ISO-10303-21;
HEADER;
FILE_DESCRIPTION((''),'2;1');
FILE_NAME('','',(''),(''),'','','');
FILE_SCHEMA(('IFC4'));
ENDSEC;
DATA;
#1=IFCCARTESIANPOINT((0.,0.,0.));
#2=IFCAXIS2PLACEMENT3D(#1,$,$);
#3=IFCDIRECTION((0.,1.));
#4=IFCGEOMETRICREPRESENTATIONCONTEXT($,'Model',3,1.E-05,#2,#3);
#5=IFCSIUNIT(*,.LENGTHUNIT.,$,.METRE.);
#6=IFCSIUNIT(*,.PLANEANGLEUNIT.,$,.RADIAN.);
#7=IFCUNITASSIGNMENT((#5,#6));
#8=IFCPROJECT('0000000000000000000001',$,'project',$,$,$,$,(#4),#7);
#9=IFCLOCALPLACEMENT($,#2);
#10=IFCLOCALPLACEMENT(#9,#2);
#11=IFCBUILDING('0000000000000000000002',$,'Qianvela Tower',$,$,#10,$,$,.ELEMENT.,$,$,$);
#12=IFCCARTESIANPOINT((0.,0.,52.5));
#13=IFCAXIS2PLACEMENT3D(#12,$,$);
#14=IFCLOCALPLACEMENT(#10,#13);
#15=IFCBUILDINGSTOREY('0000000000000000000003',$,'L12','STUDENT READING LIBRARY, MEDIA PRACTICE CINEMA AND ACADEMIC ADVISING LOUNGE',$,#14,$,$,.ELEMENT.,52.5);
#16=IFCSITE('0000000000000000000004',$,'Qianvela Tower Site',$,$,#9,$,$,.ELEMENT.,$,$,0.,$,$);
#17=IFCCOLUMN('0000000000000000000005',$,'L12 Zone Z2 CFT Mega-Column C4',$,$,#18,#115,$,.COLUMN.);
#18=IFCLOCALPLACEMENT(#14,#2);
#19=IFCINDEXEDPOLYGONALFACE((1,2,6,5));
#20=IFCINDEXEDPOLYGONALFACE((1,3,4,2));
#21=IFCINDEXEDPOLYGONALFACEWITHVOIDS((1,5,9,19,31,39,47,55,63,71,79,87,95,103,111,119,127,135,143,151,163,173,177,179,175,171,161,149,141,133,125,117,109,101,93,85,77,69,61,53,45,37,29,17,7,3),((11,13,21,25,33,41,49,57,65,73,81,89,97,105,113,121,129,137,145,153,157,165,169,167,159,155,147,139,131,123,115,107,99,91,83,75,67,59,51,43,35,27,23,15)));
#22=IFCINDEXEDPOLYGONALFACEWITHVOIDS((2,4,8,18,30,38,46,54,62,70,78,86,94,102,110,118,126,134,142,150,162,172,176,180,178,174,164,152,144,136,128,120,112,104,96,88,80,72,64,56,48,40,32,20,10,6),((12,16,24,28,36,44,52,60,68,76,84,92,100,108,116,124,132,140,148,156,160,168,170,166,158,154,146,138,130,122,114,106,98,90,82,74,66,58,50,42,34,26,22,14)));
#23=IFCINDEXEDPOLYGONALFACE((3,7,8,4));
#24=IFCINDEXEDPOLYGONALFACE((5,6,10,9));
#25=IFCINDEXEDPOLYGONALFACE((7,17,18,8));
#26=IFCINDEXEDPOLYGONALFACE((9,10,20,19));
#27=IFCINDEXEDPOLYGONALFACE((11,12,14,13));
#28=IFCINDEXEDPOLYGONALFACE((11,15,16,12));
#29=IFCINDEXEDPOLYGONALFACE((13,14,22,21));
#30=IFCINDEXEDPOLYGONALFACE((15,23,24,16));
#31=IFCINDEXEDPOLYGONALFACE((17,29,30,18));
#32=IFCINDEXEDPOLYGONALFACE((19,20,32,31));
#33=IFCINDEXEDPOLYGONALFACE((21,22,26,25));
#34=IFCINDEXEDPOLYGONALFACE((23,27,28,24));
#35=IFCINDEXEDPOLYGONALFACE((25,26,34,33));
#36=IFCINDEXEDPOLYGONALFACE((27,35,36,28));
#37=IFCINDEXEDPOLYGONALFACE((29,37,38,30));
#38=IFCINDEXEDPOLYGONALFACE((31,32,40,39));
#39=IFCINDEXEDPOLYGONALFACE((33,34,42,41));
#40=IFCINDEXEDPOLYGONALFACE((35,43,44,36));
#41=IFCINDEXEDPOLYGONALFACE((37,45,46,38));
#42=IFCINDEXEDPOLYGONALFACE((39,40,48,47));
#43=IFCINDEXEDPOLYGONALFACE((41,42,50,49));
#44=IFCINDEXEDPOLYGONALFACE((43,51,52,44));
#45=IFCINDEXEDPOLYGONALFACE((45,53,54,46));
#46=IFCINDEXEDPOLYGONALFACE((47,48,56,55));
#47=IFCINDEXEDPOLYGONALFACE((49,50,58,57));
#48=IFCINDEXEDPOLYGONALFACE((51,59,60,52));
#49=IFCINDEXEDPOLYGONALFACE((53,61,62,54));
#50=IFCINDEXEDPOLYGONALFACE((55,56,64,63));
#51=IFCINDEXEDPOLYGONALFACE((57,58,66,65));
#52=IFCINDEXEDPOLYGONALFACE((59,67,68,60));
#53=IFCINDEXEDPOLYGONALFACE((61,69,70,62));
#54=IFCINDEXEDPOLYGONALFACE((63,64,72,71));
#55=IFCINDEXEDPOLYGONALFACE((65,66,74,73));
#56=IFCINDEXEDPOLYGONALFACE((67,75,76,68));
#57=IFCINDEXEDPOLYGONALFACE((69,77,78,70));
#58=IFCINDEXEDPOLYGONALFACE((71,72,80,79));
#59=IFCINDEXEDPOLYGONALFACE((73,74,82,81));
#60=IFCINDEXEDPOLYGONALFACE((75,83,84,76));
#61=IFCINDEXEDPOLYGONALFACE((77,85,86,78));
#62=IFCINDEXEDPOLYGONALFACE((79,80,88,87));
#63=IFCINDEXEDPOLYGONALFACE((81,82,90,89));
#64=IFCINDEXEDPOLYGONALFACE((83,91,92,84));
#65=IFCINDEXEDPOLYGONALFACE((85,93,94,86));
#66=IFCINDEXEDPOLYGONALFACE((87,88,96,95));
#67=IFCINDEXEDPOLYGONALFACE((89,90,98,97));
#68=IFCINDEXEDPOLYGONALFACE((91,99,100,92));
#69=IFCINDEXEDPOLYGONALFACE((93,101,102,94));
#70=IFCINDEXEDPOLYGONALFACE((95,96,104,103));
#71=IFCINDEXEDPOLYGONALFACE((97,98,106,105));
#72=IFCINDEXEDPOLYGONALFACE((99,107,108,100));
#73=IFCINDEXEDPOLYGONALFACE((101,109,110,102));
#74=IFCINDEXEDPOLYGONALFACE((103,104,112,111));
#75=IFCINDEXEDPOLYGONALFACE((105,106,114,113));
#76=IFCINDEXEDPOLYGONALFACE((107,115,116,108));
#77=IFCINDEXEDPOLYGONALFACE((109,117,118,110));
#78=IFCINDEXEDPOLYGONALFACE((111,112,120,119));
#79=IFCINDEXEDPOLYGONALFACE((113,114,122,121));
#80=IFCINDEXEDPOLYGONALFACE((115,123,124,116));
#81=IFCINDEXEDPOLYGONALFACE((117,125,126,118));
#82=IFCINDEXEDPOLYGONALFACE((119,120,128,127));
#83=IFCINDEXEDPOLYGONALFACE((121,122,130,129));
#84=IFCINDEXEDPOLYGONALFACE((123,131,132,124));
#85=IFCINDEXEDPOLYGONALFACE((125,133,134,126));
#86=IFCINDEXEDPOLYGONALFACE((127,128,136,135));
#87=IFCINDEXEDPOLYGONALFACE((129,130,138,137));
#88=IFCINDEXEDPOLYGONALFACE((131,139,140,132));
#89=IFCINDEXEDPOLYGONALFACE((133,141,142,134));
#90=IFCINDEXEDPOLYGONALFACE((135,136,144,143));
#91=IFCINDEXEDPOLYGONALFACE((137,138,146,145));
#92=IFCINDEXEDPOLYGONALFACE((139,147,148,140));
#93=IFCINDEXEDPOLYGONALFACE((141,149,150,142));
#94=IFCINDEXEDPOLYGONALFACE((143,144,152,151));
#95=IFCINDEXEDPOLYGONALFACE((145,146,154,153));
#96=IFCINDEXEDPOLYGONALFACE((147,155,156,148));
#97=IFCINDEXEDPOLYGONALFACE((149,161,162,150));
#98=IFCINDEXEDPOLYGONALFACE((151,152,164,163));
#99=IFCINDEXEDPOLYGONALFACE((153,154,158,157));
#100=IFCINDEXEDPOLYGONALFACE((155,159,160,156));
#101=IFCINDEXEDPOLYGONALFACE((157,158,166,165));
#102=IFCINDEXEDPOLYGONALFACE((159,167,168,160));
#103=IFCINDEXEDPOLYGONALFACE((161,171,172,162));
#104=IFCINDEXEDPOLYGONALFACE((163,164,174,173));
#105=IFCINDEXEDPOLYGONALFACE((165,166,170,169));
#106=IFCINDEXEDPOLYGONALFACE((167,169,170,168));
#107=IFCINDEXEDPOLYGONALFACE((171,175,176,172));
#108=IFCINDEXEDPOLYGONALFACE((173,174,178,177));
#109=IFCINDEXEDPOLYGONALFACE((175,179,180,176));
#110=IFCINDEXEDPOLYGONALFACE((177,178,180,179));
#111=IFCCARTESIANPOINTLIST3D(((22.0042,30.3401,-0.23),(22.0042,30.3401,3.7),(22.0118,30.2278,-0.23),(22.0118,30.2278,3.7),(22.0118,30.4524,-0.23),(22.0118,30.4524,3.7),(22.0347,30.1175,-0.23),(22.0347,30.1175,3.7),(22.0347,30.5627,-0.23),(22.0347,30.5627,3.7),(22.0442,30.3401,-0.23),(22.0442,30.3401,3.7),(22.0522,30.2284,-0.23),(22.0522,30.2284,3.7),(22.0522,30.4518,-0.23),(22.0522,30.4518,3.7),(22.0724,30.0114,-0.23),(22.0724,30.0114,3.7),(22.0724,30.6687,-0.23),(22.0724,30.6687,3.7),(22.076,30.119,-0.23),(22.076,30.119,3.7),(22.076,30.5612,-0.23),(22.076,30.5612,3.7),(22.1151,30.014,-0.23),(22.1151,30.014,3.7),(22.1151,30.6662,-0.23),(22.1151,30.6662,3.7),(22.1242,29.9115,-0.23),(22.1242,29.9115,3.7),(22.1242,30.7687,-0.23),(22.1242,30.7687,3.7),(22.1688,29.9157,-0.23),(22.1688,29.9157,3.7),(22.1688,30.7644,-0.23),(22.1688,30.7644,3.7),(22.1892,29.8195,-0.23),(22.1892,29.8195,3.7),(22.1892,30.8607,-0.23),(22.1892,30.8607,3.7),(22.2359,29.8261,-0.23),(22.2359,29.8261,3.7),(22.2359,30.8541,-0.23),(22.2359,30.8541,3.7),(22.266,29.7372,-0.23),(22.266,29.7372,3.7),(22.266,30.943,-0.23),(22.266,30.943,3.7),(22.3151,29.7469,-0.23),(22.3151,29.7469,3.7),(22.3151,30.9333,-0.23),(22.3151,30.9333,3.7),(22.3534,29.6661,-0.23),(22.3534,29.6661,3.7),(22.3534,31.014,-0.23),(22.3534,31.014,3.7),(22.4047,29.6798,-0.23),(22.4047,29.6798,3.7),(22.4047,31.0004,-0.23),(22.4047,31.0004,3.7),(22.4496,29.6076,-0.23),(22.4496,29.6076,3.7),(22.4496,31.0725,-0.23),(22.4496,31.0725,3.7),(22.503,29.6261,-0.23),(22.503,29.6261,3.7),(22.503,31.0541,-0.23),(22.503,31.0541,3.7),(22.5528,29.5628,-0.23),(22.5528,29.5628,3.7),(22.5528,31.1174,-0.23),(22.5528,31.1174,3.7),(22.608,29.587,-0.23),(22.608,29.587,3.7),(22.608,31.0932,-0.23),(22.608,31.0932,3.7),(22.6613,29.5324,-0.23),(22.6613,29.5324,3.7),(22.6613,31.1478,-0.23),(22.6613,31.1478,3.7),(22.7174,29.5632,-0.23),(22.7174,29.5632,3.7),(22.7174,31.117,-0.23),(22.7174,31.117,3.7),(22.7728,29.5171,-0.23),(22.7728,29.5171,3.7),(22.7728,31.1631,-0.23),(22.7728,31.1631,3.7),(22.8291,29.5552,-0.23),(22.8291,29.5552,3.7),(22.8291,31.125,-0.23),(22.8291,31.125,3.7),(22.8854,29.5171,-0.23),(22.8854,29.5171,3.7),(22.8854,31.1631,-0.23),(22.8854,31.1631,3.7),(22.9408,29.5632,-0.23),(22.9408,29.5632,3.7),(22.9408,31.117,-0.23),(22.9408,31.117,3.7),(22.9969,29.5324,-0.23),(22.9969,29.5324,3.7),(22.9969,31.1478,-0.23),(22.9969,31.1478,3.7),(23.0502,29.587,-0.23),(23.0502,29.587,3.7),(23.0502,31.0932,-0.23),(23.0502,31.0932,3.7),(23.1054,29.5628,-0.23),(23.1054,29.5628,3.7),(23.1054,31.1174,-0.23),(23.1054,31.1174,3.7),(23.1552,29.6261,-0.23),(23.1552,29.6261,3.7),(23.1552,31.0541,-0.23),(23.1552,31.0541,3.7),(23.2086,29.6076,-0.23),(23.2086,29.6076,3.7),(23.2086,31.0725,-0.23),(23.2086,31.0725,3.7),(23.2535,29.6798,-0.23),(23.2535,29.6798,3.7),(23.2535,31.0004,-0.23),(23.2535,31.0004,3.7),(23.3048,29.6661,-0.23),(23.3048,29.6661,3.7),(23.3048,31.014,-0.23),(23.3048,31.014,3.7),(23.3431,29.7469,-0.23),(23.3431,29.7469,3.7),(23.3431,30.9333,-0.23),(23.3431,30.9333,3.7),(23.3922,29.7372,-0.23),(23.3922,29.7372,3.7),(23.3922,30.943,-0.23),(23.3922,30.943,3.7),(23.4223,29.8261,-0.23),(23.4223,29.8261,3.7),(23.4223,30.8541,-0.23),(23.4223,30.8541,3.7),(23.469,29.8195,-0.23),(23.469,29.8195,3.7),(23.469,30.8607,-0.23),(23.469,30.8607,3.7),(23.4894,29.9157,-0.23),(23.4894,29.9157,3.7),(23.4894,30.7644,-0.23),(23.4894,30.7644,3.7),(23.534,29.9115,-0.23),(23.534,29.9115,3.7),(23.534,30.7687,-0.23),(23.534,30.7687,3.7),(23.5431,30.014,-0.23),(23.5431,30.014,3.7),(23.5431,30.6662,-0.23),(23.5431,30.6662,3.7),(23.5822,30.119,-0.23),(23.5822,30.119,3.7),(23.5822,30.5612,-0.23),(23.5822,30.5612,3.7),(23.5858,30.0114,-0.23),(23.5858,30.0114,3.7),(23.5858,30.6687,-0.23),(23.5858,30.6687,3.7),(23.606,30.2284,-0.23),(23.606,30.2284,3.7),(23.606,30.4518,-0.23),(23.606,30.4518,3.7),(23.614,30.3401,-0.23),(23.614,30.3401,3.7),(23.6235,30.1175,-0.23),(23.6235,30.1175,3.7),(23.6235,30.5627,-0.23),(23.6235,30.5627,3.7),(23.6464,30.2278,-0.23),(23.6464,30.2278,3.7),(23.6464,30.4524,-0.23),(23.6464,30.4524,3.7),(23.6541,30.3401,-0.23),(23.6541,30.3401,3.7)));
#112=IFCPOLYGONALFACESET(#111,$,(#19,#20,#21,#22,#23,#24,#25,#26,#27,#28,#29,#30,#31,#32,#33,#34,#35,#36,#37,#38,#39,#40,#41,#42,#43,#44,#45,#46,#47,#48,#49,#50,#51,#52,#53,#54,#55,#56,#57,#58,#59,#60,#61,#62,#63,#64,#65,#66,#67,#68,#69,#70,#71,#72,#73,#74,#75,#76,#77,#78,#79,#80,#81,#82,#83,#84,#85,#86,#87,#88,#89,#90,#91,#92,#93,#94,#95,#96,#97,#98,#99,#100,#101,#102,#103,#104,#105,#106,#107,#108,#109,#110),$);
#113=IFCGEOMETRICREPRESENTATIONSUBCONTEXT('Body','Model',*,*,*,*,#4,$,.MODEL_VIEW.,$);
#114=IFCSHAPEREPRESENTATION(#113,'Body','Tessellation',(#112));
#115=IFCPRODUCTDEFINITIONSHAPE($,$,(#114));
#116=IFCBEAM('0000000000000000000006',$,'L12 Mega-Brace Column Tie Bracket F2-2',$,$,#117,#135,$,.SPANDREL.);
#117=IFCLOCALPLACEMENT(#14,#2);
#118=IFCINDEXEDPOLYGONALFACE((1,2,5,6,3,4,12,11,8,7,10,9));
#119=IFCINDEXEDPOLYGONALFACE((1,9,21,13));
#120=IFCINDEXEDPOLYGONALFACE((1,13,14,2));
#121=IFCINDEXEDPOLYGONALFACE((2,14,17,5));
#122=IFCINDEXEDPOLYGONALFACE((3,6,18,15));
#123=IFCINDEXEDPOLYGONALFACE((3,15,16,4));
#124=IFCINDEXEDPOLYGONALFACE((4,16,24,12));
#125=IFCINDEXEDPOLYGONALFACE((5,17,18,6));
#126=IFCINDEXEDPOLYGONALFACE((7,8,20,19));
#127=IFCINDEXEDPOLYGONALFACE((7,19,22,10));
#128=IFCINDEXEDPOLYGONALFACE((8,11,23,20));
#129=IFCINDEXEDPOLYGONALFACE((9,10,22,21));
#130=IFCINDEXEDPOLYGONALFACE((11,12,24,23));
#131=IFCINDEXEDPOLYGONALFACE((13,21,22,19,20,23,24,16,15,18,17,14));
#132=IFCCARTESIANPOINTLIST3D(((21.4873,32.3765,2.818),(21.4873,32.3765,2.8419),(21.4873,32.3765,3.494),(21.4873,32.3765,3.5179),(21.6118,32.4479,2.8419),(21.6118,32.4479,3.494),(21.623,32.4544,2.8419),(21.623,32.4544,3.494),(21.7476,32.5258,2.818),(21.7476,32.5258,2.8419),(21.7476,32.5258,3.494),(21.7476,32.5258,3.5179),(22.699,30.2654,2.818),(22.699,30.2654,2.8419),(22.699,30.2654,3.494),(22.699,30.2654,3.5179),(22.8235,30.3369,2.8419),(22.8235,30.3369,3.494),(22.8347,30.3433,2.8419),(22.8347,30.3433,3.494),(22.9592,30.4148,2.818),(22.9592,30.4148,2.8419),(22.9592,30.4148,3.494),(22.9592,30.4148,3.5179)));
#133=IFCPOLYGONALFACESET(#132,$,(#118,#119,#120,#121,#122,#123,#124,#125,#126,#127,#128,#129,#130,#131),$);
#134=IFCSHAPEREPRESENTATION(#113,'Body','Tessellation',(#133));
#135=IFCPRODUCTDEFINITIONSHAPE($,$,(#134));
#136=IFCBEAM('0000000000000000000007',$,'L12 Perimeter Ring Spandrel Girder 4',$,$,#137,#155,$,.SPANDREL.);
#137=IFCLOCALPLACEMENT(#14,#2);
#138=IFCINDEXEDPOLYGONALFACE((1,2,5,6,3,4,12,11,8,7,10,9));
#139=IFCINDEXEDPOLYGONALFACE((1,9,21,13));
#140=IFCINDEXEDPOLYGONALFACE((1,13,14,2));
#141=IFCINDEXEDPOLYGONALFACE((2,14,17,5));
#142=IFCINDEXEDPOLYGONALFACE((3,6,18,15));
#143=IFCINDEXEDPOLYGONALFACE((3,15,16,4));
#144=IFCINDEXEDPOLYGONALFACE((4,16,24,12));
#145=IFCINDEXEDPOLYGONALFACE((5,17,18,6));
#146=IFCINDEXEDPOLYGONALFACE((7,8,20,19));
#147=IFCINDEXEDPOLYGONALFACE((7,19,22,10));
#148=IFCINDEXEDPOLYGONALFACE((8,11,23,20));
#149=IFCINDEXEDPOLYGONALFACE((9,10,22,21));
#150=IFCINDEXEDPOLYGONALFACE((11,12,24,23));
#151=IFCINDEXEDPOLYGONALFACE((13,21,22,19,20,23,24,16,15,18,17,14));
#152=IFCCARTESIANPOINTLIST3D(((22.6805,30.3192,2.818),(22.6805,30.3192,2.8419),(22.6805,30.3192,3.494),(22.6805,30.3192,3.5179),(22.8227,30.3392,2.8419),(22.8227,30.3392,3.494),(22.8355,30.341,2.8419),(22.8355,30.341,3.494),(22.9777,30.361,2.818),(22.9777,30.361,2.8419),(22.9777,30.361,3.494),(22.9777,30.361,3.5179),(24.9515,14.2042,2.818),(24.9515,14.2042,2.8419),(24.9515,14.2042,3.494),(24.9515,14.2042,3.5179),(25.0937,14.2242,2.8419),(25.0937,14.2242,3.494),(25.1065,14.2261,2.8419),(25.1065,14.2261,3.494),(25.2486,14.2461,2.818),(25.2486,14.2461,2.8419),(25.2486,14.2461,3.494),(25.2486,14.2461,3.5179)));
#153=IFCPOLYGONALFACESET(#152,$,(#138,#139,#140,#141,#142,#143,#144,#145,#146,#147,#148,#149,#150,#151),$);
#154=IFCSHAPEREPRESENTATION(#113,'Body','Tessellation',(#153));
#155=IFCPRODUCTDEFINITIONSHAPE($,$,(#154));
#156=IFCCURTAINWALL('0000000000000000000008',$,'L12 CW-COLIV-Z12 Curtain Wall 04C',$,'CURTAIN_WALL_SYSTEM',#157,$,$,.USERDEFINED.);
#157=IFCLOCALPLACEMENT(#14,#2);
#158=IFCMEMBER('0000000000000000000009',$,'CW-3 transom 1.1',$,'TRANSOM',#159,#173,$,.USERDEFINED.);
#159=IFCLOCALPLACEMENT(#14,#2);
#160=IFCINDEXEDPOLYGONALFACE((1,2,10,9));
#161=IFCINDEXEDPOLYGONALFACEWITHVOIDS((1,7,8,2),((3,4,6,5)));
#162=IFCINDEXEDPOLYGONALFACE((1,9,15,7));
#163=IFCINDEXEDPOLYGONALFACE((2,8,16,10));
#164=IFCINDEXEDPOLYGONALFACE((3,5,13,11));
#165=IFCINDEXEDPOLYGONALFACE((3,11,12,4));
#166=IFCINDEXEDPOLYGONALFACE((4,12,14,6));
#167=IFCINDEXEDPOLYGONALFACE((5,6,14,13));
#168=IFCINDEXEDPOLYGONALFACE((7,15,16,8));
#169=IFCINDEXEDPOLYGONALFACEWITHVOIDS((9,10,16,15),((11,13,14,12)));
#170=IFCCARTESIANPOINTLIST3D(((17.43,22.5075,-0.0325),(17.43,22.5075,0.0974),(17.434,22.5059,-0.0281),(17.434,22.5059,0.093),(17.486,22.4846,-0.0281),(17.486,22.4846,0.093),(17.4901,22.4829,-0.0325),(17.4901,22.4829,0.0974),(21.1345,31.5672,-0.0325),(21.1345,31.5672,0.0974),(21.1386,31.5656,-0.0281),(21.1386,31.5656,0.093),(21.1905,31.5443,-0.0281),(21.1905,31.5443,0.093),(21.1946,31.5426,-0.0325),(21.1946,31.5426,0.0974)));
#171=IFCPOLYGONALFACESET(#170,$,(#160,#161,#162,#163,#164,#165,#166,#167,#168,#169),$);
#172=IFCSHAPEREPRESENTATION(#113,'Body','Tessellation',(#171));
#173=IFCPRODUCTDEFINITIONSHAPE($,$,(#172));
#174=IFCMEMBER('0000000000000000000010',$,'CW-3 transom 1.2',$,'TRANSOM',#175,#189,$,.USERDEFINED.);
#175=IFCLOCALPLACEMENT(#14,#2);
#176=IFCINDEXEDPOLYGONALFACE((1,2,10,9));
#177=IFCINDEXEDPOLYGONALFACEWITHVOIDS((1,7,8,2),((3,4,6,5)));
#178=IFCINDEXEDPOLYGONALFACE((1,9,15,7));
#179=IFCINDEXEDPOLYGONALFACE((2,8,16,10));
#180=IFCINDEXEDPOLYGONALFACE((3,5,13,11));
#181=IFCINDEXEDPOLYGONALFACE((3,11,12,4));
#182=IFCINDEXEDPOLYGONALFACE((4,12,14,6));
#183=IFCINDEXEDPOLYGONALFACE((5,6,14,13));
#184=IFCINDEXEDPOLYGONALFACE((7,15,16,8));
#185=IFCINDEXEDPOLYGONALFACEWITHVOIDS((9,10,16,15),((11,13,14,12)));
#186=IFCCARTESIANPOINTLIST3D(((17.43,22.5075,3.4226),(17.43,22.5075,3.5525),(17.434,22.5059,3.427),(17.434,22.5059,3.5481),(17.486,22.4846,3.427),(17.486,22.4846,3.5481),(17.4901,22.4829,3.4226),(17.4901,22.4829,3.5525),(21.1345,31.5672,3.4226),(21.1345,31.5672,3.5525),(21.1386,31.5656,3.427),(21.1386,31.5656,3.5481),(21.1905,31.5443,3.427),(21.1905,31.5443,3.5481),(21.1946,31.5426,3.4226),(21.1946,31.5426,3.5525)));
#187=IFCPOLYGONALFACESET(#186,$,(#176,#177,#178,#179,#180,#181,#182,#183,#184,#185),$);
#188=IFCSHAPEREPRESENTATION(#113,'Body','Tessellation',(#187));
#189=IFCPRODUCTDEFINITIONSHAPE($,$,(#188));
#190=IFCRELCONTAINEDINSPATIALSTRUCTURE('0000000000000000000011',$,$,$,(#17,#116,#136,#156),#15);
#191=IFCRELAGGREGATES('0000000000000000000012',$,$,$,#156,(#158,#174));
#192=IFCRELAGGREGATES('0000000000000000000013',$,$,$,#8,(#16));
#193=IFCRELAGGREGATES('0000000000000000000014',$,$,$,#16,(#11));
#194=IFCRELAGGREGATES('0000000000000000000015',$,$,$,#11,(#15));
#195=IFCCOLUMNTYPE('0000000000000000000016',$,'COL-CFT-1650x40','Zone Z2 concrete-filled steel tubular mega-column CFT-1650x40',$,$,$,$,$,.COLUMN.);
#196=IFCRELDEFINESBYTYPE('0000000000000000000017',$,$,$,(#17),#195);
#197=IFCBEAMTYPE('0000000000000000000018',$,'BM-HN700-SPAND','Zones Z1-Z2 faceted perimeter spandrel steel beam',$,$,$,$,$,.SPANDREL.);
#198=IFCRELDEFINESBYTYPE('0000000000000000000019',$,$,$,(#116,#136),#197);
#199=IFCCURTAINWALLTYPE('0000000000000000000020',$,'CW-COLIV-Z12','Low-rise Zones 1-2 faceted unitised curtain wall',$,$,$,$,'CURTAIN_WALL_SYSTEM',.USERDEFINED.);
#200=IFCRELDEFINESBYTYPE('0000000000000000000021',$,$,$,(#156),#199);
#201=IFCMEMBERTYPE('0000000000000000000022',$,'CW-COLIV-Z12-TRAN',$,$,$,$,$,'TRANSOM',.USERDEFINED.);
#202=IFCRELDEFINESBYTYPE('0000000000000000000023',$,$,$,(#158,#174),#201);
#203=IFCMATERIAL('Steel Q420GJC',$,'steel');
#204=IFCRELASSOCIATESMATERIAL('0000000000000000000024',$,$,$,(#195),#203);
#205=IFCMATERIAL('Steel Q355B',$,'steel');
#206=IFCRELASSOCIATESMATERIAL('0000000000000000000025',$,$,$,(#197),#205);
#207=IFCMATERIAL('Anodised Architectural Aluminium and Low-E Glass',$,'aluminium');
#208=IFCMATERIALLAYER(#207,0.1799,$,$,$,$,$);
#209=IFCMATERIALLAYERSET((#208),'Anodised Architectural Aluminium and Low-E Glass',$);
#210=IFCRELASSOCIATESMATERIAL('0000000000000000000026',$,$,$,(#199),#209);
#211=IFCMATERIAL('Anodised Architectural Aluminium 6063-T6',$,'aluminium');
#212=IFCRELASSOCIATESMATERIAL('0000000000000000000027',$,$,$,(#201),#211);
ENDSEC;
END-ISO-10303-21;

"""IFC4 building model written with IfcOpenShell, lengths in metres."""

from ifc_helpers import new_model, si_unit, direction, frame, origin, origin_2d, place, context, subcontext, project, spatial, hollow_rectangle, hollow_circle, i_section, extrude, material, layer, layer_set, material_profile, profile_set, type_object, element, aggregate, save


model = new_model("IFC4")

# Units and contexts
model_context = context("Model", 3, precision=1e-05, world=origin(), true_north=direction((0.0, 1.0)))
body_context = subcontext(model_context, "Body", "Model", "MODEL_VIEW")
ifc_project = project(units=[si_unit("LENGTHUNIT", "METRE"), si_unit("PLANEANGLEUNIT", "RADIAN")], contexts=[model_context])

# Site, building, storey
site_placement = place(None, origin())
site = spatial("IfcSite", under=ifc_project, at=site_placement, Name="Qianvela Tower Site", CompositionType="ELEMENT", RefElevation=0.0)
building_placement = place(site_placement, origin())
building = spatial("IfcBuilding", under=site, at=building_placement, Name="Qianvela Tower", CompositionType="ELEMENT")
storey_placement = place(building_placement, frame((0.0, 0.0, 52.5)))
storey = spatial("IfcBuildingStorey", under=building, at=storey_placement, Name="L12", Description="STUDENT READING LIBRARY, MEDIA PRACTICE CINEMA AND ACADEMIC ADVISING LOUNGE", CompositionType="ELEMENT", Elevation=52.5)

# Column
ifc_material_1 = material(Name="Steel Q420GJC", Category="steel")
ifc_material_profile_1 = material_profile(ifc_material_1, hollow_circle(Radius=0.825, WallThickness=0.04, at=origin_2d()), Name="CFT-1650x40")
ifc_profile_set_1 = profile_set([ifc_material_profile_1], Name="Steel Q420GJC")
column_type = type_object("IfcColumnType", Name="COL-CFT-1650x40", Description="Zone Z2 concrete-filled steel tubular mega-column CFT-1650x40", PredefinedType="COLUMN", material=ifc_profile_set_1)
column_placement = place(storey_placement, frame((22.8291, 30.3401, -0.23), z_axis=(0.0, 0.0, 1.0), x_axis=(1.0, 0.0, 0.0)))
element("IfcColumn", 1, at=column_placement, inside=storey, type_object=column_type, Name="L12 Zone Z2 CFT Mega-Column C4", PredefinedType="COLUMN", context=body_context, shape_type="SweptSolid", body=[
    extrude(hollow_circle(Radius=0.825, WallThickness=0.04, at=origin_2d()), origin(), (0.0, 0.0, 1.0), 3.9299),
])

# Beams
ifc_material_2 = material(Name="Steel Q355B", Category="steel")
ifc_material_profile_2 = material_profile(ifc_material_2, i_section(OverallWidth=0.3, OverallDepth=0.7, WebThickness=0.0129, FlangeThickness=0.0239, at=origin_2d()), Name="HN700x300x13x24")
ifc_profile_set_2 = profile_set([ifc_material_profile_2], Name="Steel Q355B")
beam_type = type_object("IfcBeamType", Name="BM-HN700-SPAND", Description="Zones Z1-Z2 faceted perimeter spandrel steel beam", PredefinedType="SPANDREL", material=ifc_profile_set_2)
beam_1_placement = place(storey_placement, frame((22.8291, 30.3401, 3.168), z_axis=(-0.497791, 0.867297, 0.0), x_axis=(-0.867297, -0.497791, 0.0)))
element("IfcBeam", 2, at=beam_1_placement, inside=storey, type_object=beam_type, Name="L12 Mega-Brace Column Tie Bracket F2-2", PredefinedType="SPANDREL", context=body_context, shape_type="SweptSolid", body=[
    extrude(i_section(OverallWidth=0.3, OverallDepth=0.7, WebThickness=0.0129, FlangeThickness=0.0239, at=origin_2d()), origin(), (0.0, 0.0, 1.0), 2.4341),
])
beam_2_placement = place(storey_placement, frame((22.8291, 30.3401, 3.168), z_axis=(0.139546, -0.990216, 0.0), x_axis=(0.990216, 0.139546, 0.0)))
element("IfcBeam", 3, at=beam_2_placement, inside=storey, type_object=beam_type, Name="L12 Perimeter Ring Spandrel Girder 4", PredefinedType="SPANDREL", context=body_context, shape_type="SweptSolid", body=[
    extrude(i_section(OverallWidth=0.3, OverallDepth=0.7, WebThickness=0.0129, FlangeThickness=0.0239, at=origin_2d()), origin(), (0.0, 0.0, 1.0), 16.2742),
])

# Curtain wall, members
ifc_material_3 = material(Name="Anodised Architectural Aluminium and Low-E Glass", Category="aluminium")
ifc_layer_1 = layer(ifc_material_3, 0.1799)
ifc_layer_set_1 = layer_set([ifc_layer_1], Name="Anodised Architectural Aluminium and Low-E Glass")
curtain_wall_type = type_object("IfcCurtainWallType", Name="CW-COLIV-Z12", Description="Low-rise Zones 1-2 faceted unitised curtain wall", ElementType="CURTAIN_WALL_SYSTEM", PredefinedType="USERDEFINED", material=ifc_layer_set_1)
curtain_wall_placement = place(storey_placement, origin())
curtain_wall = element("IfcCurtainWall", 4, at=curtain_wall_placement, inside=storey, type_object=curtain_wall_type, Name="L12 CW-COLIV-Z12 Curtain Wall 04C", ObjectType="CURTAIN_WALL_SYSTEM", PredefinedType="USERDEFINED")
ifc_material_4 = material(Name="Anodised Architectural Aluminium 6063-T6", Category="aluminium")
ifc_material_profile_3 = material_profile(ifc_material_4, hollow_rectangle(XDim=0.0649, YDim=0.1299, WallThickness=0.0044, at=origin_2d()), Name="ALU-TRAN-65x130")
ifc_profile_set_3 = profile_set([ifc_material_profile_3], Name="Anodised Architectural Aluminium 6063-T6")
member_type = type_object("IfcMemberType", Name="CW-COLIV-Z12-TRAN", ElementType="TRANSOM", PredefinedType="USERDEFINED", material=ifc_profile_set_3)
member_1_placement = place(storey_placement, frame((21.1646, 31.5549, 0.0325), z_axis=(-0.378484, -0.925608, 0.0), x_axis=(0.925608, -0.378484, 0.0)))
member_1 = element("IfcMember", 5, at=member_1_placement, type_object=member_type, Name="CW-3 transom 1.1", ObjectType="TRANSOM", PredefinedType="USERDEFINED", context=body_context, shape_type="SweptSolid", body=[
    extrude(hollow_rectangle(XDim=0.0649, YDim=0.1299, WallThickness=0.0044, at=origin_2d()), origin(), (0.0, 0.0, 1.0), 9.7878),
])
member_2_placement = place(storey_placement, frame((21.1646, 31.5549, 3.4875), z_axis=(-0.378484, -0.925608, 0.0), x_axis=(0.925608, -0.378484, 0.0)))
member_2 = element("IfcMember", 6, at=member_2_placement, type_object=member_type, Name="CW-3 transom 1.2", ObjectType="TRANSOM", PredefinedType="USERDEFINED", context=body_context, shape_type="SweptSolid", body=[
    extrude(hollow_rectangle(XDim=0.0649, YDim=0.1299, WallThickness=0.0044, at=origin_2d()), origin(), (0.0, 0.0, 1.0), 9.7878),
])
aggregate(curtain_wall, [member_1, member_2])

save(model, "model.ifc")
